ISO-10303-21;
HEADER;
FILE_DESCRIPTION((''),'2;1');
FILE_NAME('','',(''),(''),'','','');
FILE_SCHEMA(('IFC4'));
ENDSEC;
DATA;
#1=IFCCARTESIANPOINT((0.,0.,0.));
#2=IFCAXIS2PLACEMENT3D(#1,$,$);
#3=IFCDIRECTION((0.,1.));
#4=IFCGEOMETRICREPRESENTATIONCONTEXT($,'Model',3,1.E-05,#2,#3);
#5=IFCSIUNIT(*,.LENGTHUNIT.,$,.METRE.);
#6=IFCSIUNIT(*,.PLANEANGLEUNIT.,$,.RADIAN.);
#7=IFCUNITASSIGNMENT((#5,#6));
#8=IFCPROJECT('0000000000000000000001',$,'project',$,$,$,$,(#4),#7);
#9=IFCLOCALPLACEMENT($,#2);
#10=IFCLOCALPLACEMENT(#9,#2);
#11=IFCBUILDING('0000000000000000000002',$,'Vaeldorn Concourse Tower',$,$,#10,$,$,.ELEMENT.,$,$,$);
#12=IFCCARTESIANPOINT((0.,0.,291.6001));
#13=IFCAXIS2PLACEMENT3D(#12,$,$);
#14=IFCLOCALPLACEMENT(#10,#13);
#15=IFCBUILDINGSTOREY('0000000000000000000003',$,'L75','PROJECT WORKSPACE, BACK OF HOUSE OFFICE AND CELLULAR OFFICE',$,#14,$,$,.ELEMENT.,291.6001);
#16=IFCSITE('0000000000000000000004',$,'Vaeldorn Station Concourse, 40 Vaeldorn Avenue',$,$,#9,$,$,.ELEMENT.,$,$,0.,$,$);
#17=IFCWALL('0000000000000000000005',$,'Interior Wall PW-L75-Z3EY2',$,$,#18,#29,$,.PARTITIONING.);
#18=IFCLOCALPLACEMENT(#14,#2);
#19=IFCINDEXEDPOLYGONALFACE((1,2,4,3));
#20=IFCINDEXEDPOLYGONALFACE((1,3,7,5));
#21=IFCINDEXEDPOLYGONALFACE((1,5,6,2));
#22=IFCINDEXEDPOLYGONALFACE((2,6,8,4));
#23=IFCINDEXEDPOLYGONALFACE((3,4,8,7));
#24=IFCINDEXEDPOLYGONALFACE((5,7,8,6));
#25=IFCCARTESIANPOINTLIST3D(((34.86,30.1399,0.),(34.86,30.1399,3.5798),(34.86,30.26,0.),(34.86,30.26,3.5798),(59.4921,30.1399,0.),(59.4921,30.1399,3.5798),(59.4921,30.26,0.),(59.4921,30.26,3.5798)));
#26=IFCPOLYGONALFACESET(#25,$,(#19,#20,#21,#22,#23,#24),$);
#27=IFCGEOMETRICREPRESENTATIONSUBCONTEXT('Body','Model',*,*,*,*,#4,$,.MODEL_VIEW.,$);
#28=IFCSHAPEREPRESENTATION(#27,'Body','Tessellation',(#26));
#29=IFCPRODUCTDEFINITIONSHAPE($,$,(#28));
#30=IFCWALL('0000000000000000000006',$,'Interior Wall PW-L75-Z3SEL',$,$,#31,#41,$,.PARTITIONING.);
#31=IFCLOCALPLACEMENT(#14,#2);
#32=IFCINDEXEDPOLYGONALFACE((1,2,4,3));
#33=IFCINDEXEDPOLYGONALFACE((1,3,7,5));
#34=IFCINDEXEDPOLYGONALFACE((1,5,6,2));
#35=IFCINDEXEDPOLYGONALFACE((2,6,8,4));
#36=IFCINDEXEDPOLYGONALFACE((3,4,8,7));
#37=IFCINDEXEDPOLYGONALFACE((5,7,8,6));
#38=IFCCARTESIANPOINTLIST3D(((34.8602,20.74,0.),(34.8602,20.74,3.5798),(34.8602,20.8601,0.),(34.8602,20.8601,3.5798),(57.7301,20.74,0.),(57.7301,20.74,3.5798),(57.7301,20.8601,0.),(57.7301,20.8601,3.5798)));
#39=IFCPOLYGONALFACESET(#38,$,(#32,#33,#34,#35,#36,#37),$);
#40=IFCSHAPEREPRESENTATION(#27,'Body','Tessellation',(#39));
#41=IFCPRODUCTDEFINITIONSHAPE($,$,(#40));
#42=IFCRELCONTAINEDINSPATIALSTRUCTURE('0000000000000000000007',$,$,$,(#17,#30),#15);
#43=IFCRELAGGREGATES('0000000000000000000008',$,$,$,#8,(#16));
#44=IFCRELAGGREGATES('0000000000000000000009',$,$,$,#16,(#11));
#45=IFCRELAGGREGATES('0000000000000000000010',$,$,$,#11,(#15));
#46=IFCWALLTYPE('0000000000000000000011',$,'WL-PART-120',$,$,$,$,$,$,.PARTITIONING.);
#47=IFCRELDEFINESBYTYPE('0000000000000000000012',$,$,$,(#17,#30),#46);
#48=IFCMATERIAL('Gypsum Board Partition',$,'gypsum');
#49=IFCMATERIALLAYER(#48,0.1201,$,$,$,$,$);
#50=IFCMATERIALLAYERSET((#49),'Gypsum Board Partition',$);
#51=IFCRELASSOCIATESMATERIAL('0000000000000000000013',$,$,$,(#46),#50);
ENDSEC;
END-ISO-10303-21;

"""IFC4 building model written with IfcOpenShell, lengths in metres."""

from ifc_helpers import new_model, si_unit, direction, frame, frame_2d, origin, place, context, subcontext, project, spatial, rectangle, extrude, material, layer, layer_set, type_object, element, save


model = new_model("IFC4")

# Units and contexts
model_context = context("Model", 3, precision=1e-05, world=origin(), true_north=direction((0.0, 1.0)))
body_context = subcontext(model_context, "Body", "Model", "MODEL_VIEW")
ifc_project = project(units=[si_unit("LENGTHUNIT", "METRE"), si_unit("PLANEANGLEUNIT", "RADIAN")], contexts=[model_context])

# Site, building, storey
site_placement = place(None, origin())
site = spatial("IfcSite", under=ifc_project, at=site_placement, Name="Vaeldorn Station Concourse, 40 Vaeldorn Avenue", CompositionType="ELEMENT", RefElevation=0.0)
building_placement = place(site_placement, origin())
building = spatial("IfcBuilding", under=site, at=building_placement, Name="Vaeldorn Concourse Tower", CompositionType="ELEMENT")
storey_placement = place(building_placement, frame((0.0, 0.0, 291.6001)))
storey = spatial("IfcBuildingStorey", under=building, at=storey_placement, Name="L75", Description="PROJECT WORKSPACE, BACK OF HOUSE OFFICE AND CELLULAR OFFICE", CompositionType="ELEMENT", Elevation=291.6001)

# Shared definitions
ifc_material_1 = material(Name="Gypsum Board Partition", Category="gypsum")
ifc_layer_1 = layer(ifc_material_1, 0.1201)
ifc_layer_set_1 = layer_set([ifc_layer_1], Name="Gypsum Board Partition")
wall_type_1 = type_object("IfcWallType", Name="WL-PART-120", PredefinedType="PARTITIONING", material=ifc_layer_set_1)

# Walls
wall_1_placement = place(storey_placement, frame((34.8601, 30.2, 0.0), z_axis=(0.0, 0.0, 1.0), x_axis=(1.0, 0.0, 0.0)))
element("IfcWall", 1, at=wall_1_placement, inside=storey, type_object=wall_type_1, Name="Interior Wall PW-L75-Z3EY2", PredefinedType="PARTITIONING", context=body_context, shape_type="SweptSolid", body=[
    extrude(rectangle(XDim=24.6321, YDim=0.1201, at=frame_2d((12.3159, 0.0))), origin(), (0.0, 0.0, 1.0), 3.5798),
])
wall_2_placement = place(storey_placement, frame((34.8601, 20.8, 0.0), z_axis=(0.0, 0.0, 1.0), x_axis=(1.0, 0.0, 0.0)))
element("IfcWall", 2, at=wall_2_placement, inside=storey, type_object=wall_type_1, Name="Interior Wall PW-L75-Z3SEL", PredefinedType="PARTITIONING", context=body_context, shape_type="SweptSolid", body=[
    extrude(rectangle(XDim=22.8699, YDim=0.1201, at=frame_2d((11.4351, 0.0))), origin(), (0.0, 0.0, 1.0), 3.5798),
])

save(model, "model.ifc")
